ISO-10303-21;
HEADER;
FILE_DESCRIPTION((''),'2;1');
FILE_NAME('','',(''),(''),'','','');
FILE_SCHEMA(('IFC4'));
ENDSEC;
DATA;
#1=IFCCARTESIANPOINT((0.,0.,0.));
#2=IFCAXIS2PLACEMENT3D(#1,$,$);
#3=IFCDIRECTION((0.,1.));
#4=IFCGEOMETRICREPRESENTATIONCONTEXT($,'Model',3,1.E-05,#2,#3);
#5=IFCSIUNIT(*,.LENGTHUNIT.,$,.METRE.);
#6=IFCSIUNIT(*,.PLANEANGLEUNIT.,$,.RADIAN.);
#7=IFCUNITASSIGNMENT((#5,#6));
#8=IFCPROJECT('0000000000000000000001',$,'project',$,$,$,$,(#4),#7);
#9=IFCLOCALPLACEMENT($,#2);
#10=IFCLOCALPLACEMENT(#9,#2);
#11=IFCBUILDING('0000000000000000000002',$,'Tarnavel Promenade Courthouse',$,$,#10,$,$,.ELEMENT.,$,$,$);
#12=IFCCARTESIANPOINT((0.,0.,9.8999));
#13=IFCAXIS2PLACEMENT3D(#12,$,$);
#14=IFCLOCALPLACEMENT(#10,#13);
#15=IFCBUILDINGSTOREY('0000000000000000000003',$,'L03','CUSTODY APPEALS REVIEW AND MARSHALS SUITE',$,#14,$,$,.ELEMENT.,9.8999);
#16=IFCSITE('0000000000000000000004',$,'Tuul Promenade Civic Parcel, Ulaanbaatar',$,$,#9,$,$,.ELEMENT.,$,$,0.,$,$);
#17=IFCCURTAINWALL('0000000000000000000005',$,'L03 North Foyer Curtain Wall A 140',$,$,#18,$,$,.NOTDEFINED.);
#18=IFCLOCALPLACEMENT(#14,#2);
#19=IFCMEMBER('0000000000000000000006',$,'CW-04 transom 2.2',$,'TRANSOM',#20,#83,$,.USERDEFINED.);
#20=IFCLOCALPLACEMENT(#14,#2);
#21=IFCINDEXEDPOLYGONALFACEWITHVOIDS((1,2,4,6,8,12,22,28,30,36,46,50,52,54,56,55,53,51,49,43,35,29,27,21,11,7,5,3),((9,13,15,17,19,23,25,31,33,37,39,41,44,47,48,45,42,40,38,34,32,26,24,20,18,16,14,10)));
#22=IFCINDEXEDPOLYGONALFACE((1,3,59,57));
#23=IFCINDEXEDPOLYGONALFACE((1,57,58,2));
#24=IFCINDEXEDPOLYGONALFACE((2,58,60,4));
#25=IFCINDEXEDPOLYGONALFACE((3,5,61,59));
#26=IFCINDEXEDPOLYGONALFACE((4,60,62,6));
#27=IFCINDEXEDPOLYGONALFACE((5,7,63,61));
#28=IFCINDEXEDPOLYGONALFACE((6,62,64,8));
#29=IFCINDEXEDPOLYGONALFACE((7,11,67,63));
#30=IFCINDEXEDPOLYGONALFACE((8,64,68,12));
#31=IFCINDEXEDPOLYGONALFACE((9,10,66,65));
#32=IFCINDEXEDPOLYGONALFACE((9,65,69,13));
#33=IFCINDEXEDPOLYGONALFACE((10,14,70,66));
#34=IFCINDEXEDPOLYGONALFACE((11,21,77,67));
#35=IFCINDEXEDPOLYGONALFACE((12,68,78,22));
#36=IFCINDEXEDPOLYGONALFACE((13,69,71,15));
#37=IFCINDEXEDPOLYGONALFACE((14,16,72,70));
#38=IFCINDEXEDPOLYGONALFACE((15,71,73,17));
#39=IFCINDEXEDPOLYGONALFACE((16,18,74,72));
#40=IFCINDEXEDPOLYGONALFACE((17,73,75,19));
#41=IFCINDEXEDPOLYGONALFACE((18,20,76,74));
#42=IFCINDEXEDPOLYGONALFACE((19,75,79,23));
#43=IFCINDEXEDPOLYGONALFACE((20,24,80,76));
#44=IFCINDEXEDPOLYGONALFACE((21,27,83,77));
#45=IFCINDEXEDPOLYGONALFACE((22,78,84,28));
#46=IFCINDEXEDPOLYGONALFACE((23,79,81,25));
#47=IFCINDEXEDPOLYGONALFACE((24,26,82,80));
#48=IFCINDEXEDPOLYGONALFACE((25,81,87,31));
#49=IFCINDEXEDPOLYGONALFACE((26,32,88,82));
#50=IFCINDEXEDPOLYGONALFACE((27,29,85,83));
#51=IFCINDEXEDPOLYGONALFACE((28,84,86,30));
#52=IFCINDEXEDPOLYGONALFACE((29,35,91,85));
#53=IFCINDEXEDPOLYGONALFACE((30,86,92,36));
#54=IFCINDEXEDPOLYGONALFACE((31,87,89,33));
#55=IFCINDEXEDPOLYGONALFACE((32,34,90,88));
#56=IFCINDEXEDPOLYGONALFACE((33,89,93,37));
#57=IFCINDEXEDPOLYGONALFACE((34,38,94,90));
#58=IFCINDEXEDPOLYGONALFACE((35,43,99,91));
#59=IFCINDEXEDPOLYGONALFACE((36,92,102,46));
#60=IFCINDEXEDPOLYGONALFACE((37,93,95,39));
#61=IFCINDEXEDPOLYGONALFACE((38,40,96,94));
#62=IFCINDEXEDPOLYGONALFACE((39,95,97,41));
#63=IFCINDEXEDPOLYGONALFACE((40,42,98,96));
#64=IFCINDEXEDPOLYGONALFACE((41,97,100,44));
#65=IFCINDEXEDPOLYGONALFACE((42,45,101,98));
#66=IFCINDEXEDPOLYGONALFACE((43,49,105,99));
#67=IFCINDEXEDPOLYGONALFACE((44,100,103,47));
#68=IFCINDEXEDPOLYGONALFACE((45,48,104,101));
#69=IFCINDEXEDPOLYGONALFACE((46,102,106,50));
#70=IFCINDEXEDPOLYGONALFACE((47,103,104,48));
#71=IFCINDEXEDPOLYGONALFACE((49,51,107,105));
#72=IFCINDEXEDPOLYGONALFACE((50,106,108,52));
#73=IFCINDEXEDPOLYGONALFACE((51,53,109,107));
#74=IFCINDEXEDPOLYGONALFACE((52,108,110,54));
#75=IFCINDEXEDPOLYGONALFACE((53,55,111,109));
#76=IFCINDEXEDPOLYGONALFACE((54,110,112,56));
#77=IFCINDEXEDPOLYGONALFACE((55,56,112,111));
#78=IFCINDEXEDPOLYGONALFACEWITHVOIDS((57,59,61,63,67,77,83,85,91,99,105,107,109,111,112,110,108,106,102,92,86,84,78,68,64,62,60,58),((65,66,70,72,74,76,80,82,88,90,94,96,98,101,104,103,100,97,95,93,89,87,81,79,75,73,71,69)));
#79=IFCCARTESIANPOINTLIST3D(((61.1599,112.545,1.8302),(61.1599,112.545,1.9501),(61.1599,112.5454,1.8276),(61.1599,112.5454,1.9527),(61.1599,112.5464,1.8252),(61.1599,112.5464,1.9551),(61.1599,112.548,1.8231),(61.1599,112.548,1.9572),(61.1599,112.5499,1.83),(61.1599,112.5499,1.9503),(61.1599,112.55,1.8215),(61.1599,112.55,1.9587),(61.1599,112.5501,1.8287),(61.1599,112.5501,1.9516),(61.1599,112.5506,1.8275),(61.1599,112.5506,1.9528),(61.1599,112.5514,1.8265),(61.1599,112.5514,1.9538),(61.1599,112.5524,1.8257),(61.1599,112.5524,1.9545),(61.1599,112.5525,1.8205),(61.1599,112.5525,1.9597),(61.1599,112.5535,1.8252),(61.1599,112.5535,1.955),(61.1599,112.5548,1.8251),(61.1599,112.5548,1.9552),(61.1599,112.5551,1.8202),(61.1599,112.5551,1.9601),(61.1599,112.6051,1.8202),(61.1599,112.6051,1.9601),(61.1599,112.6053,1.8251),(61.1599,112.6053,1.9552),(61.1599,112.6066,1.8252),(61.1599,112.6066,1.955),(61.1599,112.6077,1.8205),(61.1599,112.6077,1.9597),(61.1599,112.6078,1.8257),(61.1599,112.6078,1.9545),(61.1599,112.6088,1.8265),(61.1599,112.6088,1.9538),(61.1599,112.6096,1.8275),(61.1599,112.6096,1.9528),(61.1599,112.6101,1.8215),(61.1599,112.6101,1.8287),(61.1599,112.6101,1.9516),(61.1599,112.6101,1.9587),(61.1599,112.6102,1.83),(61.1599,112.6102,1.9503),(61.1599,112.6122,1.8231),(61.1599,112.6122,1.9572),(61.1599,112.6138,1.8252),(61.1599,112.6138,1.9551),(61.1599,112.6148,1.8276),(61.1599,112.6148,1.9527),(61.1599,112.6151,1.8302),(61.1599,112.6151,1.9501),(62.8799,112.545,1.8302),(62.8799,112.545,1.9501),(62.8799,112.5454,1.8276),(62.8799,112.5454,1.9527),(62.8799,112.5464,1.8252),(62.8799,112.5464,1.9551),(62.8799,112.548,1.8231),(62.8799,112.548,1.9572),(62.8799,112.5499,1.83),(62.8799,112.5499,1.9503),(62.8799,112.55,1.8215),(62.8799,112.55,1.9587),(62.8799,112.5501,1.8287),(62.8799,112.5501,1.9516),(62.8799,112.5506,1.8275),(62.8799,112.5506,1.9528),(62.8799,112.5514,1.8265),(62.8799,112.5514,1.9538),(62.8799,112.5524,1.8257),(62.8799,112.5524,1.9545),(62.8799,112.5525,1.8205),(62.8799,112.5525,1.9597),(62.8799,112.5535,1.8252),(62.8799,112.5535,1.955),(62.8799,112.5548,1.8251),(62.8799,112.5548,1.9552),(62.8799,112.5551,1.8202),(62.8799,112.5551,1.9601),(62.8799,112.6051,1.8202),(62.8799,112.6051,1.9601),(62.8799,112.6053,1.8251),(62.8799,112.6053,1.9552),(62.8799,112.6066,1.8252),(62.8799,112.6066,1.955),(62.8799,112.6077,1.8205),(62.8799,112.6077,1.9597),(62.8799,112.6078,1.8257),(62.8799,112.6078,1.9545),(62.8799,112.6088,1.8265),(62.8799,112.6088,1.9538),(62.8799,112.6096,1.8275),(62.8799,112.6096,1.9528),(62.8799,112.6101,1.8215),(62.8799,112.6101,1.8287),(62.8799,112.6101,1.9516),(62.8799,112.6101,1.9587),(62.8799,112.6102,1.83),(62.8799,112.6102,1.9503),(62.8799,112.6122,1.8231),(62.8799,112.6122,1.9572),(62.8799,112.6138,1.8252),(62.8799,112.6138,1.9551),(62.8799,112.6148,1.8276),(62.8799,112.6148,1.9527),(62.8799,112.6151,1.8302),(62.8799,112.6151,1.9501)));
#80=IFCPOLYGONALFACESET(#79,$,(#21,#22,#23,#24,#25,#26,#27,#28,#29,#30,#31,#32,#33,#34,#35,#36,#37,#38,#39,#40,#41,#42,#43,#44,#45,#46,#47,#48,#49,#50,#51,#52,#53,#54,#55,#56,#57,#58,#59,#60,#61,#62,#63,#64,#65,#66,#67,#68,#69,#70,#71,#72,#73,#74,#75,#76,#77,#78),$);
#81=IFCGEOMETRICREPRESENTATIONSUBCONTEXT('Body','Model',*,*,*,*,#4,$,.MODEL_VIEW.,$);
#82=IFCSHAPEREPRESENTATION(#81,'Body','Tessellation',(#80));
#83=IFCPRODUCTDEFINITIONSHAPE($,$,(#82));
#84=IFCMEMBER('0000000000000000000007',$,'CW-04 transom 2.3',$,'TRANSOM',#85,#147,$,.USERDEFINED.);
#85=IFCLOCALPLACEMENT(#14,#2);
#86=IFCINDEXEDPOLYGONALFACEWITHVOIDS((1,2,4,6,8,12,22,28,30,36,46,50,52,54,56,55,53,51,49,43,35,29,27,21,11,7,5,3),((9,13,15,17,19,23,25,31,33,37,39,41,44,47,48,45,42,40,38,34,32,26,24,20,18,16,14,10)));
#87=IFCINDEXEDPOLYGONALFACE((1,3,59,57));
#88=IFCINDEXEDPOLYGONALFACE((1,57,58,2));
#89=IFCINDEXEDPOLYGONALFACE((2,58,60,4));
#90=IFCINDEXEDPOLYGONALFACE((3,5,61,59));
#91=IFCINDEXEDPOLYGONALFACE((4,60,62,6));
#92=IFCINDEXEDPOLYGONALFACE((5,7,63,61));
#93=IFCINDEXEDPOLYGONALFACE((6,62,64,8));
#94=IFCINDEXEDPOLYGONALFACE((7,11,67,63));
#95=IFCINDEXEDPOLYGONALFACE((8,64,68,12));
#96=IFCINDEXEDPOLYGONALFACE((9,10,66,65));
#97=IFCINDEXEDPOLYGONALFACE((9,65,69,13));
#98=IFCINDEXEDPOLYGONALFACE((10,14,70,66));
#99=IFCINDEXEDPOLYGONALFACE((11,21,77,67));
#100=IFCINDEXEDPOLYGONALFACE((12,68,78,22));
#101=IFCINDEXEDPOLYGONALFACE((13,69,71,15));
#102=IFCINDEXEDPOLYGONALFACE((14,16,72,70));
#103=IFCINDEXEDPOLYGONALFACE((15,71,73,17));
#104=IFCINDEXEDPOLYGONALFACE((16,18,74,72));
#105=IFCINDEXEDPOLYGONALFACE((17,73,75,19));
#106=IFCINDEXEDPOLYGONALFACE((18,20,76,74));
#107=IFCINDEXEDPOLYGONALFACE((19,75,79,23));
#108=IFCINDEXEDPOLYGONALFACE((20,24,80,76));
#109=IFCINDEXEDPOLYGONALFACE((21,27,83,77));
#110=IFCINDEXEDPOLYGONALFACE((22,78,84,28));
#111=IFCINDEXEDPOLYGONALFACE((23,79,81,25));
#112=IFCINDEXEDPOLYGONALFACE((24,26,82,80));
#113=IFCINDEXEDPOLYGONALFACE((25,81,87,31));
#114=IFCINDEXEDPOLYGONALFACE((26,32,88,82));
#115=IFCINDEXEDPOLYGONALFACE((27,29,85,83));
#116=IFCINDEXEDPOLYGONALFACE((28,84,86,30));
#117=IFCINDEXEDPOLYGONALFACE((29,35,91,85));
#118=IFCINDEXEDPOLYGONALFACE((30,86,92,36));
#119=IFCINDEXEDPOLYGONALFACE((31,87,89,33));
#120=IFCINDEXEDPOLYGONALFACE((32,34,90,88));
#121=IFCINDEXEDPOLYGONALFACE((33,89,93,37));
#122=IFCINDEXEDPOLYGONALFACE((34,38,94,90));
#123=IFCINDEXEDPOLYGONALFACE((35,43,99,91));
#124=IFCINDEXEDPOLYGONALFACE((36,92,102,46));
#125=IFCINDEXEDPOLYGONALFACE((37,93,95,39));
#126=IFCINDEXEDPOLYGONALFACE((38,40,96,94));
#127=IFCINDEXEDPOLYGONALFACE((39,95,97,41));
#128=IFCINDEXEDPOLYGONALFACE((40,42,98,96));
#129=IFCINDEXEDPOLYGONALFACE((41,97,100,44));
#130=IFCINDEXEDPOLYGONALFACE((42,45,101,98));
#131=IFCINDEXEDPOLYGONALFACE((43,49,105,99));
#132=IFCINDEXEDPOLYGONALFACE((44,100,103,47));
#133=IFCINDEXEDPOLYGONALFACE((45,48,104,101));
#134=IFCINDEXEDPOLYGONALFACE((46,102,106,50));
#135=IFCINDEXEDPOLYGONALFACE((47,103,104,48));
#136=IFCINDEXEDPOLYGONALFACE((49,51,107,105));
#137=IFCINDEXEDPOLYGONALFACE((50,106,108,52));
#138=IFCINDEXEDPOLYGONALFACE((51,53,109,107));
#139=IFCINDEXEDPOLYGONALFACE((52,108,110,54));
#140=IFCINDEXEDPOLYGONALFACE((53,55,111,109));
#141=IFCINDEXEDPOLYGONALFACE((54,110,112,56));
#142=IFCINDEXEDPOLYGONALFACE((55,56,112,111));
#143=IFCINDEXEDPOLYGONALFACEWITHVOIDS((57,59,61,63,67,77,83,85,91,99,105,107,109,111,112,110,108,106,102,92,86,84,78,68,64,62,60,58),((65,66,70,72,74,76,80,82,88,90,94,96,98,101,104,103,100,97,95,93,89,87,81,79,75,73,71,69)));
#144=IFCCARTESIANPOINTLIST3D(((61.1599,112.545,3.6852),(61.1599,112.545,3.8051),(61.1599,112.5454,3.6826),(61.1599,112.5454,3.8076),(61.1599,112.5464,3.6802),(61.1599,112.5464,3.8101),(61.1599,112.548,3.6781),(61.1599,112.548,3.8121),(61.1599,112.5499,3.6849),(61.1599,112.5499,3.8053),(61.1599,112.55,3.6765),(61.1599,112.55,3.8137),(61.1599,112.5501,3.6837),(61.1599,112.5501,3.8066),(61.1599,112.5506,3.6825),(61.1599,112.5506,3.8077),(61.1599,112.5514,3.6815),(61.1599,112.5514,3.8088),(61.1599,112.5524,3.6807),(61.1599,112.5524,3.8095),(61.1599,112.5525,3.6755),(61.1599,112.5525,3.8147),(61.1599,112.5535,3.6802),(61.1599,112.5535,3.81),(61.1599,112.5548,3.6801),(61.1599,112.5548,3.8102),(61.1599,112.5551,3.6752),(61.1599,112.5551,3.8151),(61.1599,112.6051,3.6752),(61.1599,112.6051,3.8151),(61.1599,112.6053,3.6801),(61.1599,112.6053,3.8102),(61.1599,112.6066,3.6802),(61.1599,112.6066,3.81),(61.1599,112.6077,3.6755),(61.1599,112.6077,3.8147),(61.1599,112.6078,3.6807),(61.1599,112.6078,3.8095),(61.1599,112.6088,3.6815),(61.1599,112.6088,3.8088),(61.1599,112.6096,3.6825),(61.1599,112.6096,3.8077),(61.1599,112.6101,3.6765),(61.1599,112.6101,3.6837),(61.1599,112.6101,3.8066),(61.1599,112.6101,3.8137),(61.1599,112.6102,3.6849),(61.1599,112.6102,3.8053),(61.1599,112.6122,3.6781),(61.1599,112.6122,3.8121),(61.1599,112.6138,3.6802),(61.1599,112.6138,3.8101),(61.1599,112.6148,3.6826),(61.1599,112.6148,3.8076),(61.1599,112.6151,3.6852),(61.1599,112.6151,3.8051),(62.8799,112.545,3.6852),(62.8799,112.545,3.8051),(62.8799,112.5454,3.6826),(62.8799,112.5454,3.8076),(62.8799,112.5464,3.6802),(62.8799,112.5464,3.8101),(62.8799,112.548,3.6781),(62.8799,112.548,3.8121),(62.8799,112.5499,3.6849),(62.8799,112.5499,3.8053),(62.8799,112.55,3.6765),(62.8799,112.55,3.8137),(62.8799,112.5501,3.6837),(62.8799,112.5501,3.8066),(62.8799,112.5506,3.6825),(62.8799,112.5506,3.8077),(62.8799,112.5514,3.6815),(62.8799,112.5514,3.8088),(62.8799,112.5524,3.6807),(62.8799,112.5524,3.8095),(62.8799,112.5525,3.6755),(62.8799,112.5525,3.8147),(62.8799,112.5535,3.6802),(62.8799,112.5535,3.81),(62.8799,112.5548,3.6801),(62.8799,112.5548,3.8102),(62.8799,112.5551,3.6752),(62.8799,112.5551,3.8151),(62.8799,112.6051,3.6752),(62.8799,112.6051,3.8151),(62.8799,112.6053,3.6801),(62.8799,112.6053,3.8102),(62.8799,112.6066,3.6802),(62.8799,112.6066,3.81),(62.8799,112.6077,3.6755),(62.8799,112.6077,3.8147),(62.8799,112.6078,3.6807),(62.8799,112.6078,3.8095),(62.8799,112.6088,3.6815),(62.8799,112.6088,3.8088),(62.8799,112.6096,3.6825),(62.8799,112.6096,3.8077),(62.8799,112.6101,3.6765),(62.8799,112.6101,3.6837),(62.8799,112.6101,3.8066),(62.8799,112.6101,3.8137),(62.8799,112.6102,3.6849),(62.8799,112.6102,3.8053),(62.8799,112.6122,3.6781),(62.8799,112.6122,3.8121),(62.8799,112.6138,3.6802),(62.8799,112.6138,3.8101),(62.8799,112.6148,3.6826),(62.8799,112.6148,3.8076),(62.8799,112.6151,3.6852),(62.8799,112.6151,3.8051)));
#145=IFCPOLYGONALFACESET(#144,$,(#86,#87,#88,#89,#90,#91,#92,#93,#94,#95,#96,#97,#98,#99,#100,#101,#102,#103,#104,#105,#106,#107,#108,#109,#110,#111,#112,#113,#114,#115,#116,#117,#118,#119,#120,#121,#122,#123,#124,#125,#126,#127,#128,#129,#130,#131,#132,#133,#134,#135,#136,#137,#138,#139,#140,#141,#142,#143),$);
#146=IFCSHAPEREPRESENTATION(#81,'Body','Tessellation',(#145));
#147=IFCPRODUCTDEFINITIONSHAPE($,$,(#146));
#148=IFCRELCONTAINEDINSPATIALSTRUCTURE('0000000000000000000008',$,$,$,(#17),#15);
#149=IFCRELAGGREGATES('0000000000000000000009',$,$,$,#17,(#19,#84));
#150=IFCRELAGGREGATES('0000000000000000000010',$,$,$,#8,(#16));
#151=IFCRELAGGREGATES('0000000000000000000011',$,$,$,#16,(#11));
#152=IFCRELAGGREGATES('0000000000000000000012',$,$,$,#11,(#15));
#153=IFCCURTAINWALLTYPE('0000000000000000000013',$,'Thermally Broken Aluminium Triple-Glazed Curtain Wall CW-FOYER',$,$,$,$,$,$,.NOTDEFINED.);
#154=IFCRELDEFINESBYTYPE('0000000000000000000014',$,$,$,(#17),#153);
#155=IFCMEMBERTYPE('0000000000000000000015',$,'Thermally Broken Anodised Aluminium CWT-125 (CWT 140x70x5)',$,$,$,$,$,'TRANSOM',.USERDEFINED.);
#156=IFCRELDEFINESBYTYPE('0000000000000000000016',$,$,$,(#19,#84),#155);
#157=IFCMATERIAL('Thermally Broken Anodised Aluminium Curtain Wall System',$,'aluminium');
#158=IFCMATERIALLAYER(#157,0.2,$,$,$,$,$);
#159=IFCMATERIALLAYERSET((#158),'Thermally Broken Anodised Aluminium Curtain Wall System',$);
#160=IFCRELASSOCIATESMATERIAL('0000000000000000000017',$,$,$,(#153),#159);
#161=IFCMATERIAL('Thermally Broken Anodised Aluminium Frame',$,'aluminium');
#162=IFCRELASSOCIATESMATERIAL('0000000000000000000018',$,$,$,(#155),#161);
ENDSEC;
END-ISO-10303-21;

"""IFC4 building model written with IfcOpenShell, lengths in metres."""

from ifc_helpers import new_model, si_unit, direction, frame, origin, origin_2d, place, context, subcontext, project, spatial, hollow_rectangle, extrude, material, layer, layer_set, material_profile, profile_set, type_object, element, aggregate, save


model = new_model("IFC4")

# Units and contexts
model_context = context("Model", 3, precision=1e-05, world=origin(), true_north=direction((0.0, 1.0)))
body_context = subcontext(model_context, "Body", "Model", "MODEL_VIEW")
ifc_project = project(units=[si_unit("LENGTHUNIT", "METRE"), si_unit("PLANEANGLEUNIT", "RADIAN")], contexts=[model_context])

# Site, building, storey
site_placement = place(None, origin())
site = spatial("IfcSite", under=ifc_project, at=site_placement, Name="Tuul Promenade Civic Parcel, Ulaanbaatar", CompositionType="ELEMENT", RefElevation=0.0)
building_placement = place(site_placement, origin())
building = spatial("IfcBuilding", under=site, at=building_placement, Name="Tarnavel Promenade Courthouse", CompositionType="ELEMENT")
storey_placement = place(building_placement, frame((0.0, 0.0, 9.8999)))
storey = spatial("IfcBuildingStorey", under=building, at=storey_placement, Name="L03", Description="CUSTODY APPEALS REVIEW AND MARSHALS SUITE", CompositionType="ELEMENT", Elevation=9.8999)

# Curtain wall
ifc_material_1 = material(Name="Thermally Broken Anodised Aluminium Curtain Wall System", Category="aluminium")
ifc_layer_1 = layer(ifc_material_1, 0.2)
ifc_layer_set_1 = layer_set([ifc_layer_1], Name="Thermally Broken Anodised Aluminium Curtain Wall System")
curtain_wall_type = type_object("IfcCurtainWallType", Name="Thermally Broken Aluminium Triple-Glazed Curtain Wall CW-FOYER", PredefinedType="NOTDEFINED", material=ifc_layer_set_1)
curtain_wall_1_placement = place(storey_placement, origin())
curtain_wall_1 = element("IfcCurtainWall", 1, at=curtain_wall_1_placement, inside=storey, type_object=curtain_wall_type, Name="L03 North Foyer Curtain Wall A 140", PredefinedType="NOTDEFINED")
ifc_material_2 = material(Name="Thermally Broken Anodised Aluminium Frame", Category="aluminium")

# Members
ifc_material_profile_1 = material_profile(ifc_material_2, hollow_rectangle(XDim=0.0701, YDim=0.1399, WallThickness=0.0049, InnerFilletRadius=0.0049, OuterFilletRadius=0.01, at=origin_2d()), Name="CWT 140x70x5")
ifc_profile_set_1 = profile_set([ifc_material_profile_1], Name="Thermally Broken Anodised Aluminium Frame")
member_type_1 = type_object("IfcMemberType", Name="Thermally Broken Anodised Aluminium CWT-125 (CWT 140x70x5)", ElementType="TRANSOM", PredefinedType="USERDEFINED", material=ifc_profile_set_1)
member_1_placement = place(storey_placement, frame((61.1599, 112.5801, 1.8901), z_axis=(1.0, 0.0, 0.0), x_axis=(0.0, 1.0, 0.0)))
member_1 = element("IfcMember", 2, at=member_1_placement, type_object=member_type_1, Name="CW-04 transom 2.2", ObjectType="TRANSOM", PredefinedType="USERDEFINED", context=body_context, shape_type="SweptSolid", body=[
    extrude(hollow_rectangle(XDim=0.0701, YDim=0.1399, WallThickness=0.0049, InnerFilletRadius=0.0049, OuterFilletRadius=0.01, at=origin_2d()), origin(), (0.0, 0.0, 1.0), 1.72),
])
member_2_placement = place(storey_placement, frame((61.1599, 112.5801, 3.7451), z_axis=(1.0, 0.0, 0.0), x_axis=(0.0, 1.0, 0.0)))
member_2 = element("IfcMember", 3, at=member_2_placement, type_object=member_type_1, Name="CW-04 transom 2.3", ObjectType="TRANSOM", PredefinedType="USERDEFINED", context=body_context, shape_type="SweptSolid", body=[
    extrude(hollow_rectangle(XDim=0.0701, YDim=0.1399, WallThickness=0.0049, InnerFilletRadius=0.0049, OuterFilletRadius=0.01, at=origin_2d()), origin(), (0.0, 0.0, 1.0), 1.72),
])

aggregate(curtain_wall_1, [member_1, member_2])

save(model, "model.ifc")
